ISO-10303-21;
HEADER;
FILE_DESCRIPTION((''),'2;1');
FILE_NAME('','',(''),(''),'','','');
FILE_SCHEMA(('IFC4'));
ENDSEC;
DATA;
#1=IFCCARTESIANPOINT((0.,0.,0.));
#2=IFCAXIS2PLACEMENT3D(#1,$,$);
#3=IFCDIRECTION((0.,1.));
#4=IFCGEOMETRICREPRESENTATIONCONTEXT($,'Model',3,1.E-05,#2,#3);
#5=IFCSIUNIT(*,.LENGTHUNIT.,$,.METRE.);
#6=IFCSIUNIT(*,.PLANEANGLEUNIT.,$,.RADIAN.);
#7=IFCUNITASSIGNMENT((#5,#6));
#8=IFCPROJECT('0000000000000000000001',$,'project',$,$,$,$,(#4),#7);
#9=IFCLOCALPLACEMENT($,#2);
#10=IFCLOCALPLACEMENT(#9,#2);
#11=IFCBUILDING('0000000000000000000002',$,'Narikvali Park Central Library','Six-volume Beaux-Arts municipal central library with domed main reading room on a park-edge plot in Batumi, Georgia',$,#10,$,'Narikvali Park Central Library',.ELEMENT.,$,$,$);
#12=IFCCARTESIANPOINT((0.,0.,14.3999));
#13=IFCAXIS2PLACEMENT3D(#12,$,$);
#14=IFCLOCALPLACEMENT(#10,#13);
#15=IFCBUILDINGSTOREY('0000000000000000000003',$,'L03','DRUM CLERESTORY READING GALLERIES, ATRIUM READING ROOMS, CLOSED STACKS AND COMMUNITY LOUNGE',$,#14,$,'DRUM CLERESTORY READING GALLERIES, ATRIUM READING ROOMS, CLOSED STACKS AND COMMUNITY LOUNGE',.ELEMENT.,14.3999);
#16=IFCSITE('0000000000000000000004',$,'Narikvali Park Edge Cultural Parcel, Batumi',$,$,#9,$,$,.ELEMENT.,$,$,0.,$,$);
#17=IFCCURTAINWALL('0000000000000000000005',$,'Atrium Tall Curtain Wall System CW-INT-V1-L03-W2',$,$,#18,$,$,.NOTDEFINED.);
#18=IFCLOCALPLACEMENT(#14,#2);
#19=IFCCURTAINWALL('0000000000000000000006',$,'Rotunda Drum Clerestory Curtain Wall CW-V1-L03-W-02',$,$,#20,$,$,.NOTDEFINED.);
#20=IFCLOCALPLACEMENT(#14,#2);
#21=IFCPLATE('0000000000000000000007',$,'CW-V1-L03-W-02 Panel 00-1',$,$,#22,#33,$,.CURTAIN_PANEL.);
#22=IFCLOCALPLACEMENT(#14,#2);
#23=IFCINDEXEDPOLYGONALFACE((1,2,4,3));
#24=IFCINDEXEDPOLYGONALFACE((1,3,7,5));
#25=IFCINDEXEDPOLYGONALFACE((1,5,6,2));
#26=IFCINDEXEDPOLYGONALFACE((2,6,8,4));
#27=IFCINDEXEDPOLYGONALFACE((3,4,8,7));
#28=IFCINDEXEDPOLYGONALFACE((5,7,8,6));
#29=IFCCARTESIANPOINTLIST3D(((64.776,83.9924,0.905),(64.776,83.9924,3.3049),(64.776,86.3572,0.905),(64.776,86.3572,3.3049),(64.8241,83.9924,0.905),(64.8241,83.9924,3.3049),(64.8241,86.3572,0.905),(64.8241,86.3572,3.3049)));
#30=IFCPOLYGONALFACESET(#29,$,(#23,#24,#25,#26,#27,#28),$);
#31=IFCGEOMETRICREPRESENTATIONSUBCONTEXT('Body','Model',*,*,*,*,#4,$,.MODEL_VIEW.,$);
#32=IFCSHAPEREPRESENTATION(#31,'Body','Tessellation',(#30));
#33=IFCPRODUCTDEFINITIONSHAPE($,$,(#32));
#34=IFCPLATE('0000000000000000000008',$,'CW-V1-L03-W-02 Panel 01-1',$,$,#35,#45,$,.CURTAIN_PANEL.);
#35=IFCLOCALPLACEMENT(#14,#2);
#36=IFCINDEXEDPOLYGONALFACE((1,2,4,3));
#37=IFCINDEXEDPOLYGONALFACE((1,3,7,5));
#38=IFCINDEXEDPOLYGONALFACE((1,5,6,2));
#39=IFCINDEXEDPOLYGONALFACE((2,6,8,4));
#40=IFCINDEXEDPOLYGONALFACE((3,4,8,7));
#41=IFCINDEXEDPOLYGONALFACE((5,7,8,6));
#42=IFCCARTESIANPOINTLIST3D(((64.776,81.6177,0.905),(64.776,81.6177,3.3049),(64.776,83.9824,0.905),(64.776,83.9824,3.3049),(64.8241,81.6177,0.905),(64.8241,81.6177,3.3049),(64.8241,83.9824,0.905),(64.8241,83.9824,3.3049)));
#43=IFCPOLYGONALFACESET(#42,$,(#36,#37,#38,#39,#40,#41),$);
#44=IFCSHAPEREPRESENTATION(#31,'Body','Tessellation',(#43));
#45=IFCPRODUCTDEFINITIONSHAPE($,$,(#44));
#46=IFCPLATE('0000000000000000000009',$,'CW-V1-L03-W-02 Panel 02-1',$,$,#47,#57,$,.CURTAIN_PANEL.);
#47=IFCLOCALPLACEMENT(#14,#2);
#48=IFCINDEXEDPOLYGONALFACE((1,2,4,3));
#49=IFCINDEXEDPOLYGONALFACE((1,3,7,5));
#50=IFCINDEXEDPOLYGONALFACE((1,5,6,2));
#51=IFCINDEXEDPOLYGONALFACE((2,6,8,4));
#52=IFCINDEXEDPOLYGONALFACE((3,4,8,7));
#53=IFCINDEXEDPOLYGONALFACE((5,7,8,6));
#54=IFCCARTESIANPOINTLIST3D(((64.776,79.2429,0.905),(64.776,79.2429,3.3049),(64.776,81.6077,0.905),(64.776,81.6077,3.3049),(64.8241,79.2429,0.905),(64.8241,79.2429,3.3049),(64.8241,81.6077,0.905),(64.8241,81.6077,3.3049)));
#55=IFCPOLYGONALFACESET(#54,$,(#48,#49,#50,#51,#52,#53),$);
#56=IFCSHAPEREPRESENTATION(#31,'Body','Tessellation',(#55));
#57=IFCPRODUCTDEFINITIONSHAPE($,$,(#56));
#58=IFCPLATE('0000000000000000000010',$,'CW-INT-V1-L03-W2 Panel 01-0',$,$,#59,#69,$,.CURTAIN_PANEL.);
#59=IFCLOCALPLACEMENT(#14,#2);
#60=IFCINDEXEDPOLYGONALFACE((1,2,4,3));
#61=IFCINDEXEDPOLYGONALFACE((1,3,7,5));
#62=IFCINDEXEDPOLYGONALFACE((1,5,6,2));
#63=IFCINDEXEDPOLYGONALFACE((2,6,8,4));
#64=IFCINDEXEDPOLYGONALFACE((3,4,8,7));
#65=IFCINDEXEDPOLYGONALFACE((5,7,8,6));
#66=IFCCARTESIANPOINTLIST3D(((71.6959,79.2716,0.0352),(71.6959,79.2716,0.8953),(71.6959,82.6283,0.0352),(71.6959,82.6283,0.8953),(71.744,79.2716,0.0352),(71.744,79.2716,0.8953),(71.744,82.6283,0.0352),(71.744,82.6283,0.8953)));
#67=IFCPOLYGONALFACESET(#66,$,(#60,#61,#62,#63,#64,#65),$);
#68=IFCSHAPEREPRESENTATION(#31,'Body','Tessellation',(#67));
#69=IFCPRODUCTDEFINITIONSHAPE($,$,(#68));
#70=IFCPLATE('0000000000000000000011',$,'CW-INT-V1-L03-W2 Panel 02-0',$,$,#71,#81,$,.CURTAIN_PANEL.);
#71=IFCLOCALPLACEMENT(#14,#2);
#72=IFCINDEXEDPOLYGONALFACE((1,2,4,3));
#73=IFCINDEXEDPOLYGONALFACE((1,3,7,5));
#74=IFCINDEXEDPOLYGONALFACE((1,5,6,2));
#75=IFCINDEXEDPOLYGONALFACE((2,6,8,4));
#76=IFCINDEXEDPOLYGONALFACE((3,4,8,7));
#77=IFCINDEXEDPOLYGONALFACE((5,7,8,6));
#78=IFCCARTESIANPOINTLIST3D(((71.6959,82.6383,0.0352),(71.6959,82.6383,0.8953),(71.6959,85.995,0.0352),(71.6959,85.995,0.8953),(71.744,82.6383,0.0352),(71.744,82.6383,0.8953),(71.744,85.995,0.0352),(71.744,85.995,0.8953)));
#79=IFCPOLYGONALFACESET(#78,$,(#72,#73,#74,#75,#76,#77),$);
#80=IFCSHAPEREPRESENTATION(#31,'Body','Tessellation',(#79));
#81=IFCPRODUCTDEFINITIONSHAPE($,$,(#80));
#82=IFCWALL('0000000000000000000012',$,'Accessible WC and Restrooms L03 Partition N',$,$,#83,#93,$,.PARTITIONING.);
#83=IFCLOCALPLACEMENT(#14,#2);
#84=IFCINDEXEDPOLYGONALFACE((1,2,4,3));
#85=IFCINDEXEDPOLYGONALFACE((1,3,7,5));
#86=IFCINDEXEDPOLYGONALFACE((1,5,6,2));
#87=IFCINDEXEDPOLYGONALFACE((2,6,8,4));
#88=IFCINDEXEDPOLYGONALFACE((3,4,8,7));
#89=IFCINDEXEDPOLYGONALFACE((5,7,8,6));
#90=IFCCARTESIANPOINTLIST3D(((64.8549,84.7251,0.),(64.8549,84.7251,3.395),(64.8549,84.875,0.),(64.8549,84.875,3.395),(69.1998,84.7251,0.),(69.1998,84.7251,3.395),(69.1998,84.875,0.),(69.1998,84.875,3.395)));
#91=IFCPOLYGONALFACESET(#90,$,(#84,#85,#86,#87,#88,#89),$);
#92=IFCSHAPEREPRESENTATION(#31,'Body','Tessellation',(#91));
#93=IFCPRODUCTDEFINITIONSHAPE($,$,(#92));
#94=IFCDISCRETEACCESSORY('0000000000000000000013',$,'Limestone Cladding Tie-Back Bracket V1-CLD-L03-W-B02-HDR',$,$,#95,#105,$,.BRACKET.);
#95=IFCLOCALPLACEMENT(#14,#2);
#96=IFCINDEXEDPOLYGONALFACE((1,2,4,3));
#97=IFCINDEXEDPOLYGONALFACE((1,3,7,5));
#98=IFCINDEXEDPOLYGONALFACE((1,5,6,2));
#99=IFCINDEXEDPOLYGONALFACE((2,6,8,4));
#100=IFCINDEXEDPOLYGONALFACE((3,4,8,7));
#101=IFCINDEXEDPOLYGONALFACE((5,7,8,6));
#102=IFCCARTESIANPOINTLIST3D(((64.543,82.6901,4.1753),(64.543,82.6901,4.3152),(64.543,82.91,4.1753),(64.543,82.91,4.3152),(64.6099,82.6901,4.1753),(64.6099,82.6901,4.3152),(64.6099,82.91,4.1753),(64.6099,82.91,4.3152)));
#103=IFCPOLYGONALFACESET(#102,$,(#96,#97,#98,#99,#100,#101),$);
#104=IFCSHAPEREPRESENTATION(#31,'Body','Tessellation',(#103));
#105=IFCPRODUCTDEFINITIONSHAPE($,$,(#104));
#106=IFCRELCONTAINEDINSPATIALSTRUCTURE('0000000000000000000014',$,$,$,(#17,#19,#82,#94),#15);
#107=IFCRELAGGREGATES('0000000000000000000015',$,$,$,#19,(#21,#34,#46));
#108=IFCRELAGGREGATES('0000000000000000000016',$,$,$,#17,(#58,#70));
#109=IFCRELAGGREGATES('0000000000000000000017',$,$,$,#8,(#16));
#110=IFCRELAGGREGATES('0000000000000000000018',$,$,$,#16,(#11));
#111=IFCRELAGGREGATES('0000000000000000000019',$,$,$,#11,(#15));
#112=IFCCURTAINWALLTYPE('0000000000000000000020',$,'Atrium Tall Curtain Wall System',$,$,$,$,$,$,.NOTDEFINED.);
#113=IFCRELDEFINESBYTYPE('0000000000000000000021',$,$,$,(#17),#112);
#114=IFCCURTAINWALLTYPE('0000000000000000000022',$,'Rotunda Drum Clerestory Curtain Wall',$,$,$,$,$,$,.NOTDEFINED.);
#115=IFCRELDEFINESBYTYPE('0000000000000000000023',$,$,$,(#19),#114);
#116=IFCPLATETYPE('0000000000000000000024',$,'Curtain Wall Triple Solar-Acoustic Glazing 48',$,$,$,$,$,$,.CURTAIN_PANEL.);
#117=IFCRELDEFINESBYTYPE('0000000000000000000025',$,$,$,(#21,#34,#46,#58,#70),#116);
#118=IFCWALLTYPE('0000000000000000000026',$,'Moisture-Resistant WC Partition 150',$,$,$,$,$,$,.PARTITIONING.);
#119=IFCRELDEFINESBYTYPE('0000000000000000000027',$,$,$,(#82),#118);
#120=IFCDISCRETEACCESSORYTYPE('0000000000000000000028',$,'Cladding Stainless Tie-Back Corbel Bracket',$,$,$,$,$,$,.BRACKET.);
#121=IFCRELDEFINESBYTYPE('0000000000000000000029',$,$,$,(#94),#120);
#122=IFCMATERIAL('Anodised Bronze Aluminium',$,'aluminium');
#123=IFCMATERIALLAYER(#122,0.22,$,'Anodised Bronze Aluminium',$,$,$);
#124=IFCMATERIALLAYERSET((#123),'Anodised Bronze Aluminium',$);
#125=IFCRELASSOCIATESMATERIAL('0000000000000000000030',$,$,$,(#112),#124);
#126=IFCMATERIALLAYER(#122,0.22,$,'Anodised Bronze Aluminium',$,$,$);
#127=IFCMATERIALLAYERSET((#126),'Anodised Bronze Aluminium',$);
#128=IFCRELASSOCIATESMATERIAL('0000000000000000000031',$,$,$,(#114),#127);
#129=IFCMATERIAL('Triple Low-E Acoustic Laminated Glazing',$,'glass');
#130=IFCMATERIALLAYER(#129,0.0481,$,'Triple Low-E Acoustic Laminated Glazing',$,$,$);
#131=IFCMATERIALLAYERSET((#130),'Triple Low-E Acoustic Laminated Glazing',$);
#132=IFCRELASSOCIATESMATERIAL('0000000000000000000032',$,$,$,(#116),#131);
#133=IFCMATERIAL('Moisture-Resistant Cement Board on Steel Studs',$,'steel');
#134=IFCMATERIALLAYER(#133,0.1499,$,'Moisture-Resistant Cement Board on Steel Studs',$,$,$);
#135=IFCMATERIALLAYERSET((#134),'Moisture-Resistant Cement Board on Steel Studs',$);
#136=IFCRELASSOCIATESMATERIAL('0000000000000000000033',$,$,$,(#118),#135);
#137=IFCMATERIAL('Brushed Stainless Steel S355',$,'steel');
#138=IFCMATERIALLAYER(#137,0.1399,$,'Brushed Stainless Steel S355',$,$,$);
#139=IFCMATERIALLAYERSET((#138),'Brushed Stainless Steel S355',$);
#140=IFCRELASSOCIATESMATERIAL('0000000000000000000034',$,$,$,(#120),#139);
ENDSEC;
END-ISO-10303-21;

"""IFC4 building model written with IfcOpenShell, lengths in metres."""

from ifc_helpers import new_model, si_unit, direction, frame, frame_2d, origin, origin_2d, place, context, subcontext, project, spatial, rectangle, extrude, material, layer, layer_set, type_object, element, aggregate, save


model = new_model("IFC4")

# Units and contexts
model_context = context("Model", 3, precision=1e-05, world=origin(), true_north=direction((0.0, 1.0)))
body_context = subcontext(model_context, "Body", "Model", "MODEL_VIEW")
ifc_project = project(units=[si_unit("LENGTHUNIT", "METRE"), si_unit("PLANEANGLEUNIT", "RADIAN")], contexts=[model_context])

# Site, building, storey
site_placement = place(None, origin())
site = spatial("IfcSite", under=ifc_project, at=site_placement, Name="Narikvali Park Edge Cultural Parcel, Batumi", CompositionType="ELEMENT", RefElevation=0.0)
building_placement = place(site_placement, origin())
building = spatial("IfcBuilding", under=site, at=building_placement, Name="Narikvali Park Central Library", Description="Six-volume Beaux-Arts municipal central library with domed main reading room on a park-edge plot in Batumi, Georgia", LongName="Narikvali Park Central Library", CompositionType="ELEMENT")
storey_placement = place(building_placement, frame((0.0, 0.0, 14.3999)))
storey = spatial("IfcBuildingStorey", under=building, at=storey_placement, Name="L03", Description="DRUM CLERESTORY READING GALLERIES, ATRIUM READING ROOMS, CLOSED STACKS AND COMMUNITY LOUNGE", LongName="DRUM CLERESTORY READING GALLERIES, ATRIUM READING ROOMS, CLOSED STACKS AND COMMUNITY LOUNGE", CompositionType="ELEMENT", Elevation=14.3999)

# Curtain walls
ifc_material_1 = material(Name="Anodised Bronze Aluminium", Category="aluminium")
ifc_layer_1 = layer(ifc_material_1, 0.22, Name="Anodised Bronze Aluminium")
ifc_layer_set_1 = layer_set([ifc_layer_1], Name="Anodised Bronze Aluminium")
curtain_wall_type_1 = type_object("IfcCurtainWallType", Name="Atrium Tall Curtain Wall System", PredefinedType="NOTDEFINED", material=ifc_layer_set_1)
curtain_wall_1_placement = place(storey_placement, origin())
curtain_wall_1 = element("IfcCurtainWall", 1, at=curtain_wall_1_placement, inside=storey, type_object=curtain_wall_type_1, Name="Atrium Tall Curtain Wall System CW-INT-V1-L03-W2", PredefinedType="NOTDEFINED")
ifc_layer_2 = layer(ifc_material_1, 0.22, Name="Anodised Bronze Aluminium")
ifc_layer_set_2 = layer_set([ifc_layer_2], Name="Anodised Bronze Aluminium")
curtain_wall_type_2 = type_object("IfcCurtainWallType", Name="Rotunda Drum Clerestory Curtain Wall", PredefinedType="NOTDEFINED", material=ifc_layer_set_2)
curtain_wall_2_placement = place(storey_placement, origin())
curtain_wall_2 = element("IfcCurtainWall", 2, at=curtain_wall_2_placement, inside=storey, type_object=curtain_wall_type_2, Name="Rotunda Drum Clerestory Curtain Wall CW-V1-L03-W-02", PredefinedType="NOTDEFINED")

# Plates
ifc_material_2 = material(Name="Triple Low-E Acoustic Laminated Glazing", Category="glass")
ifc_layer_3 = layer(ifc_material_2, 0.0481, Name="Triple Low-E Acoustic Laminated Glazing")
ifc_layer_set_3 = layer_set([ifc_layer_3], Name="Triple Low-E Acoustic Laminated Glazing")
plate_type_1 = type_object("IfcPlateType", Name="Curtain Wall Triple Solar-Acoustic Glazing 48", PredefinedType="CURTAIN_PANEL", material=ifc_layer_set_3)
plate_1_placement = place(storey_placement, frame((64.8, 85.1748, 0.905), z_axis=(0.0, 0.0, 1.0), x_axis=(0.0, -1.0, 0.0)))
plate_1 = element("IfcPlate", 3, at=plate_1_placement, type_object=plate_type_1, Name="CW-V1-L03-W-02 Panel 00-1", PredefinedType="CURTAIN_PANEL", context=body_context, shape_type="SweptSolid", body=[
    extrude(rectangle(XDim=2.3647, YDim=0.0481, at=origin_2d()), origin(), (0.0, 0.0, 1.0), 2.3999),
])
plate_2_placement = place(storey_placement, frame((64.8, 82.8, 0.905), z_axis=(0.0, 0.0, 1.0), x_axis=(0.0, -1.0, 0.0)))
plate_2 = element("IfcPlate", 4, at=plate_2_placement, type_object=plate_type_1, Name="CW-V1-L03-W-02 Panel 01-1", PredefinedType="CURTAIN_PANEL", context=body_context, shape_type="SweptSolid", body=[
    extrude(rectangle(XDim=2.3647, YDim=0.0481, at=origin_2d()), origin(), (0.0, 0.0, 1.0), 2.3999),
])
plate_3_placement = place(storey_placement, frame((64.8, 80.4253, 0.905), z_axis=(0.0, 0.0, 1.0), x_axis=(0.0, -1.0, 0.0)))
plate_3 = element("IfcPlate", 5, at=plate_3_placement, type_object=plate_type_1, Name="CW-V1-L03-W-02 Panel 02-1", PredefinedType="CURTAIN_PANEL", context=body_context, shape_type="SweptSolid", body=[
    extrude(rectangle(XDim=2.3647, YDim=0.0481, at=origin_2d()), origin(), (0.0, 0.0, 1.0), 2.3999),
])
aggregate(curtain_wall_2, [plate_1, plate_2, plate_3])
plate_4_placement = place(storey_placement, frame((71.72, 80.95, 0.0352), z_axis=(0.0, 0.0, 1.0), x_axis=(0.0, 1.0, 0.0)))
plate_4 = element("IfcPlate", 6, at=plate_4_placement, type_object=plate_type_1, Name="CW-INT-V1-L03-W2 Panel 01-0", PredefinedType="CURTAIN_PANEL", context=body_context, shape_type="SweptSolid", body=[
    extrude(rectangle(XDim=3.3567, YDim=0.0481, at=origin_2d()), origin(), (0.0, 0.0, 1.0), 0.8601),
])
plate_5_placement = place(storey_placement, frame((71.72, 84.3167, 0.0352), z_axis=(0.0, 0.0, 1.0), x_axis=(0.0, 1.0, 0.0)))
plate_5 = element("IfcPlate", 7, at=plate_5_placement, type_object=plate_type_1, Name="CW-INT-V1-L03-W2 Panel 02-0", PredefinedType="CURTAIN_PANEL", context=body_context, shape_type="SweptSolid", body=[
    extrude(rectangle(XDim=3.3567, YDim=0.0481, at=origin_2d()), origin(), (0.0, 0.0, 1.0), 0.8601),
])
aggregate(curtain_wall_1, [plate_4, plate_5])

# Wall
ifc_material_3 = material(Name="Moisture-Resistant Cement Board on Steel Studs", Category="steel")
ifc_layer_4 = layer(ifc_material_3, 0.1499, Name="Moisture-Resistant Cement Board on Steel Studs")
ifc_layer_set_4 = layer_set([ifc_layer_4], Name="Moisture-Resistant Cement Board on Steel Studs")
wall_type_1 = type_object("IfcWallType", Name="Moisture-Resistant WC Partition 150", PredefinedType="PARTITIONING", material=ifc_layer_set_4)
wall_1_placement = place(storey_placement, frame((64.855, 84.8, 0.0), z_axis=(0.0, 0.0, 1.0), x_axis=(1.0, 0.0, 0.0)))
element("IfcWall", 8, at=wall_1_placement, inside=storey, type_object=wall_type_1, Name="Accessible WC and Restrooms L03 Partition N", PredefinedType="PARTITIONING", context=body_context, shape_type="SweptSolid", body=[
    extrude(rectangle(XDim=4.345, YDim=0.1499, at=frame_2d((2.1724, 0.0))), origin(), (0.0, 0.0, 1.0), 3.395),
])

# Discrete accessory
ifc_material_4 = material(Name="Brushed Stainless Steel S355", Category="steel")
ifc_layer_5 = layer(ifc_material_4, 0.1399, Name="Brushed Stainless Steel S355")
ifc_layer_set_5 = layer_set([ifc_layer_5], Name="Brushed Stainless Steel S355")
discrete_accessory_type = type_object("IfcDiscreteAccessoryType", Name="Cladding Stainless Tie-Back Corbel Bracket", PredefinedType="BRACKET", material=ifc_layer_set_5)
discrete_accessory_placement = place(storey_placement, frame((64.5764, 82.8, 4.1753), z_axis=(0.0, 0.0, 1.0), x_axis=(1.0, 0.0, 0.0)))
element("IfcDiscreteAccessory", 9, at=discrete_accessory_placement, inside=storey, type_object=discrete_accessory_type, Name="Limestone Cladding Tie-Back Bracket V1-CLD-L03-W-B02-HDR", PredefinedType="BRACKET", context=body_context, shape_type="SweptSolid", body=[
    extrude(rectangle(XDim=0.0669, YDim=0.22, at=origin_2d()), origin(), (0.0, 0.0, 1.0), 0.1399),
])

save(model, "model.ifc")
